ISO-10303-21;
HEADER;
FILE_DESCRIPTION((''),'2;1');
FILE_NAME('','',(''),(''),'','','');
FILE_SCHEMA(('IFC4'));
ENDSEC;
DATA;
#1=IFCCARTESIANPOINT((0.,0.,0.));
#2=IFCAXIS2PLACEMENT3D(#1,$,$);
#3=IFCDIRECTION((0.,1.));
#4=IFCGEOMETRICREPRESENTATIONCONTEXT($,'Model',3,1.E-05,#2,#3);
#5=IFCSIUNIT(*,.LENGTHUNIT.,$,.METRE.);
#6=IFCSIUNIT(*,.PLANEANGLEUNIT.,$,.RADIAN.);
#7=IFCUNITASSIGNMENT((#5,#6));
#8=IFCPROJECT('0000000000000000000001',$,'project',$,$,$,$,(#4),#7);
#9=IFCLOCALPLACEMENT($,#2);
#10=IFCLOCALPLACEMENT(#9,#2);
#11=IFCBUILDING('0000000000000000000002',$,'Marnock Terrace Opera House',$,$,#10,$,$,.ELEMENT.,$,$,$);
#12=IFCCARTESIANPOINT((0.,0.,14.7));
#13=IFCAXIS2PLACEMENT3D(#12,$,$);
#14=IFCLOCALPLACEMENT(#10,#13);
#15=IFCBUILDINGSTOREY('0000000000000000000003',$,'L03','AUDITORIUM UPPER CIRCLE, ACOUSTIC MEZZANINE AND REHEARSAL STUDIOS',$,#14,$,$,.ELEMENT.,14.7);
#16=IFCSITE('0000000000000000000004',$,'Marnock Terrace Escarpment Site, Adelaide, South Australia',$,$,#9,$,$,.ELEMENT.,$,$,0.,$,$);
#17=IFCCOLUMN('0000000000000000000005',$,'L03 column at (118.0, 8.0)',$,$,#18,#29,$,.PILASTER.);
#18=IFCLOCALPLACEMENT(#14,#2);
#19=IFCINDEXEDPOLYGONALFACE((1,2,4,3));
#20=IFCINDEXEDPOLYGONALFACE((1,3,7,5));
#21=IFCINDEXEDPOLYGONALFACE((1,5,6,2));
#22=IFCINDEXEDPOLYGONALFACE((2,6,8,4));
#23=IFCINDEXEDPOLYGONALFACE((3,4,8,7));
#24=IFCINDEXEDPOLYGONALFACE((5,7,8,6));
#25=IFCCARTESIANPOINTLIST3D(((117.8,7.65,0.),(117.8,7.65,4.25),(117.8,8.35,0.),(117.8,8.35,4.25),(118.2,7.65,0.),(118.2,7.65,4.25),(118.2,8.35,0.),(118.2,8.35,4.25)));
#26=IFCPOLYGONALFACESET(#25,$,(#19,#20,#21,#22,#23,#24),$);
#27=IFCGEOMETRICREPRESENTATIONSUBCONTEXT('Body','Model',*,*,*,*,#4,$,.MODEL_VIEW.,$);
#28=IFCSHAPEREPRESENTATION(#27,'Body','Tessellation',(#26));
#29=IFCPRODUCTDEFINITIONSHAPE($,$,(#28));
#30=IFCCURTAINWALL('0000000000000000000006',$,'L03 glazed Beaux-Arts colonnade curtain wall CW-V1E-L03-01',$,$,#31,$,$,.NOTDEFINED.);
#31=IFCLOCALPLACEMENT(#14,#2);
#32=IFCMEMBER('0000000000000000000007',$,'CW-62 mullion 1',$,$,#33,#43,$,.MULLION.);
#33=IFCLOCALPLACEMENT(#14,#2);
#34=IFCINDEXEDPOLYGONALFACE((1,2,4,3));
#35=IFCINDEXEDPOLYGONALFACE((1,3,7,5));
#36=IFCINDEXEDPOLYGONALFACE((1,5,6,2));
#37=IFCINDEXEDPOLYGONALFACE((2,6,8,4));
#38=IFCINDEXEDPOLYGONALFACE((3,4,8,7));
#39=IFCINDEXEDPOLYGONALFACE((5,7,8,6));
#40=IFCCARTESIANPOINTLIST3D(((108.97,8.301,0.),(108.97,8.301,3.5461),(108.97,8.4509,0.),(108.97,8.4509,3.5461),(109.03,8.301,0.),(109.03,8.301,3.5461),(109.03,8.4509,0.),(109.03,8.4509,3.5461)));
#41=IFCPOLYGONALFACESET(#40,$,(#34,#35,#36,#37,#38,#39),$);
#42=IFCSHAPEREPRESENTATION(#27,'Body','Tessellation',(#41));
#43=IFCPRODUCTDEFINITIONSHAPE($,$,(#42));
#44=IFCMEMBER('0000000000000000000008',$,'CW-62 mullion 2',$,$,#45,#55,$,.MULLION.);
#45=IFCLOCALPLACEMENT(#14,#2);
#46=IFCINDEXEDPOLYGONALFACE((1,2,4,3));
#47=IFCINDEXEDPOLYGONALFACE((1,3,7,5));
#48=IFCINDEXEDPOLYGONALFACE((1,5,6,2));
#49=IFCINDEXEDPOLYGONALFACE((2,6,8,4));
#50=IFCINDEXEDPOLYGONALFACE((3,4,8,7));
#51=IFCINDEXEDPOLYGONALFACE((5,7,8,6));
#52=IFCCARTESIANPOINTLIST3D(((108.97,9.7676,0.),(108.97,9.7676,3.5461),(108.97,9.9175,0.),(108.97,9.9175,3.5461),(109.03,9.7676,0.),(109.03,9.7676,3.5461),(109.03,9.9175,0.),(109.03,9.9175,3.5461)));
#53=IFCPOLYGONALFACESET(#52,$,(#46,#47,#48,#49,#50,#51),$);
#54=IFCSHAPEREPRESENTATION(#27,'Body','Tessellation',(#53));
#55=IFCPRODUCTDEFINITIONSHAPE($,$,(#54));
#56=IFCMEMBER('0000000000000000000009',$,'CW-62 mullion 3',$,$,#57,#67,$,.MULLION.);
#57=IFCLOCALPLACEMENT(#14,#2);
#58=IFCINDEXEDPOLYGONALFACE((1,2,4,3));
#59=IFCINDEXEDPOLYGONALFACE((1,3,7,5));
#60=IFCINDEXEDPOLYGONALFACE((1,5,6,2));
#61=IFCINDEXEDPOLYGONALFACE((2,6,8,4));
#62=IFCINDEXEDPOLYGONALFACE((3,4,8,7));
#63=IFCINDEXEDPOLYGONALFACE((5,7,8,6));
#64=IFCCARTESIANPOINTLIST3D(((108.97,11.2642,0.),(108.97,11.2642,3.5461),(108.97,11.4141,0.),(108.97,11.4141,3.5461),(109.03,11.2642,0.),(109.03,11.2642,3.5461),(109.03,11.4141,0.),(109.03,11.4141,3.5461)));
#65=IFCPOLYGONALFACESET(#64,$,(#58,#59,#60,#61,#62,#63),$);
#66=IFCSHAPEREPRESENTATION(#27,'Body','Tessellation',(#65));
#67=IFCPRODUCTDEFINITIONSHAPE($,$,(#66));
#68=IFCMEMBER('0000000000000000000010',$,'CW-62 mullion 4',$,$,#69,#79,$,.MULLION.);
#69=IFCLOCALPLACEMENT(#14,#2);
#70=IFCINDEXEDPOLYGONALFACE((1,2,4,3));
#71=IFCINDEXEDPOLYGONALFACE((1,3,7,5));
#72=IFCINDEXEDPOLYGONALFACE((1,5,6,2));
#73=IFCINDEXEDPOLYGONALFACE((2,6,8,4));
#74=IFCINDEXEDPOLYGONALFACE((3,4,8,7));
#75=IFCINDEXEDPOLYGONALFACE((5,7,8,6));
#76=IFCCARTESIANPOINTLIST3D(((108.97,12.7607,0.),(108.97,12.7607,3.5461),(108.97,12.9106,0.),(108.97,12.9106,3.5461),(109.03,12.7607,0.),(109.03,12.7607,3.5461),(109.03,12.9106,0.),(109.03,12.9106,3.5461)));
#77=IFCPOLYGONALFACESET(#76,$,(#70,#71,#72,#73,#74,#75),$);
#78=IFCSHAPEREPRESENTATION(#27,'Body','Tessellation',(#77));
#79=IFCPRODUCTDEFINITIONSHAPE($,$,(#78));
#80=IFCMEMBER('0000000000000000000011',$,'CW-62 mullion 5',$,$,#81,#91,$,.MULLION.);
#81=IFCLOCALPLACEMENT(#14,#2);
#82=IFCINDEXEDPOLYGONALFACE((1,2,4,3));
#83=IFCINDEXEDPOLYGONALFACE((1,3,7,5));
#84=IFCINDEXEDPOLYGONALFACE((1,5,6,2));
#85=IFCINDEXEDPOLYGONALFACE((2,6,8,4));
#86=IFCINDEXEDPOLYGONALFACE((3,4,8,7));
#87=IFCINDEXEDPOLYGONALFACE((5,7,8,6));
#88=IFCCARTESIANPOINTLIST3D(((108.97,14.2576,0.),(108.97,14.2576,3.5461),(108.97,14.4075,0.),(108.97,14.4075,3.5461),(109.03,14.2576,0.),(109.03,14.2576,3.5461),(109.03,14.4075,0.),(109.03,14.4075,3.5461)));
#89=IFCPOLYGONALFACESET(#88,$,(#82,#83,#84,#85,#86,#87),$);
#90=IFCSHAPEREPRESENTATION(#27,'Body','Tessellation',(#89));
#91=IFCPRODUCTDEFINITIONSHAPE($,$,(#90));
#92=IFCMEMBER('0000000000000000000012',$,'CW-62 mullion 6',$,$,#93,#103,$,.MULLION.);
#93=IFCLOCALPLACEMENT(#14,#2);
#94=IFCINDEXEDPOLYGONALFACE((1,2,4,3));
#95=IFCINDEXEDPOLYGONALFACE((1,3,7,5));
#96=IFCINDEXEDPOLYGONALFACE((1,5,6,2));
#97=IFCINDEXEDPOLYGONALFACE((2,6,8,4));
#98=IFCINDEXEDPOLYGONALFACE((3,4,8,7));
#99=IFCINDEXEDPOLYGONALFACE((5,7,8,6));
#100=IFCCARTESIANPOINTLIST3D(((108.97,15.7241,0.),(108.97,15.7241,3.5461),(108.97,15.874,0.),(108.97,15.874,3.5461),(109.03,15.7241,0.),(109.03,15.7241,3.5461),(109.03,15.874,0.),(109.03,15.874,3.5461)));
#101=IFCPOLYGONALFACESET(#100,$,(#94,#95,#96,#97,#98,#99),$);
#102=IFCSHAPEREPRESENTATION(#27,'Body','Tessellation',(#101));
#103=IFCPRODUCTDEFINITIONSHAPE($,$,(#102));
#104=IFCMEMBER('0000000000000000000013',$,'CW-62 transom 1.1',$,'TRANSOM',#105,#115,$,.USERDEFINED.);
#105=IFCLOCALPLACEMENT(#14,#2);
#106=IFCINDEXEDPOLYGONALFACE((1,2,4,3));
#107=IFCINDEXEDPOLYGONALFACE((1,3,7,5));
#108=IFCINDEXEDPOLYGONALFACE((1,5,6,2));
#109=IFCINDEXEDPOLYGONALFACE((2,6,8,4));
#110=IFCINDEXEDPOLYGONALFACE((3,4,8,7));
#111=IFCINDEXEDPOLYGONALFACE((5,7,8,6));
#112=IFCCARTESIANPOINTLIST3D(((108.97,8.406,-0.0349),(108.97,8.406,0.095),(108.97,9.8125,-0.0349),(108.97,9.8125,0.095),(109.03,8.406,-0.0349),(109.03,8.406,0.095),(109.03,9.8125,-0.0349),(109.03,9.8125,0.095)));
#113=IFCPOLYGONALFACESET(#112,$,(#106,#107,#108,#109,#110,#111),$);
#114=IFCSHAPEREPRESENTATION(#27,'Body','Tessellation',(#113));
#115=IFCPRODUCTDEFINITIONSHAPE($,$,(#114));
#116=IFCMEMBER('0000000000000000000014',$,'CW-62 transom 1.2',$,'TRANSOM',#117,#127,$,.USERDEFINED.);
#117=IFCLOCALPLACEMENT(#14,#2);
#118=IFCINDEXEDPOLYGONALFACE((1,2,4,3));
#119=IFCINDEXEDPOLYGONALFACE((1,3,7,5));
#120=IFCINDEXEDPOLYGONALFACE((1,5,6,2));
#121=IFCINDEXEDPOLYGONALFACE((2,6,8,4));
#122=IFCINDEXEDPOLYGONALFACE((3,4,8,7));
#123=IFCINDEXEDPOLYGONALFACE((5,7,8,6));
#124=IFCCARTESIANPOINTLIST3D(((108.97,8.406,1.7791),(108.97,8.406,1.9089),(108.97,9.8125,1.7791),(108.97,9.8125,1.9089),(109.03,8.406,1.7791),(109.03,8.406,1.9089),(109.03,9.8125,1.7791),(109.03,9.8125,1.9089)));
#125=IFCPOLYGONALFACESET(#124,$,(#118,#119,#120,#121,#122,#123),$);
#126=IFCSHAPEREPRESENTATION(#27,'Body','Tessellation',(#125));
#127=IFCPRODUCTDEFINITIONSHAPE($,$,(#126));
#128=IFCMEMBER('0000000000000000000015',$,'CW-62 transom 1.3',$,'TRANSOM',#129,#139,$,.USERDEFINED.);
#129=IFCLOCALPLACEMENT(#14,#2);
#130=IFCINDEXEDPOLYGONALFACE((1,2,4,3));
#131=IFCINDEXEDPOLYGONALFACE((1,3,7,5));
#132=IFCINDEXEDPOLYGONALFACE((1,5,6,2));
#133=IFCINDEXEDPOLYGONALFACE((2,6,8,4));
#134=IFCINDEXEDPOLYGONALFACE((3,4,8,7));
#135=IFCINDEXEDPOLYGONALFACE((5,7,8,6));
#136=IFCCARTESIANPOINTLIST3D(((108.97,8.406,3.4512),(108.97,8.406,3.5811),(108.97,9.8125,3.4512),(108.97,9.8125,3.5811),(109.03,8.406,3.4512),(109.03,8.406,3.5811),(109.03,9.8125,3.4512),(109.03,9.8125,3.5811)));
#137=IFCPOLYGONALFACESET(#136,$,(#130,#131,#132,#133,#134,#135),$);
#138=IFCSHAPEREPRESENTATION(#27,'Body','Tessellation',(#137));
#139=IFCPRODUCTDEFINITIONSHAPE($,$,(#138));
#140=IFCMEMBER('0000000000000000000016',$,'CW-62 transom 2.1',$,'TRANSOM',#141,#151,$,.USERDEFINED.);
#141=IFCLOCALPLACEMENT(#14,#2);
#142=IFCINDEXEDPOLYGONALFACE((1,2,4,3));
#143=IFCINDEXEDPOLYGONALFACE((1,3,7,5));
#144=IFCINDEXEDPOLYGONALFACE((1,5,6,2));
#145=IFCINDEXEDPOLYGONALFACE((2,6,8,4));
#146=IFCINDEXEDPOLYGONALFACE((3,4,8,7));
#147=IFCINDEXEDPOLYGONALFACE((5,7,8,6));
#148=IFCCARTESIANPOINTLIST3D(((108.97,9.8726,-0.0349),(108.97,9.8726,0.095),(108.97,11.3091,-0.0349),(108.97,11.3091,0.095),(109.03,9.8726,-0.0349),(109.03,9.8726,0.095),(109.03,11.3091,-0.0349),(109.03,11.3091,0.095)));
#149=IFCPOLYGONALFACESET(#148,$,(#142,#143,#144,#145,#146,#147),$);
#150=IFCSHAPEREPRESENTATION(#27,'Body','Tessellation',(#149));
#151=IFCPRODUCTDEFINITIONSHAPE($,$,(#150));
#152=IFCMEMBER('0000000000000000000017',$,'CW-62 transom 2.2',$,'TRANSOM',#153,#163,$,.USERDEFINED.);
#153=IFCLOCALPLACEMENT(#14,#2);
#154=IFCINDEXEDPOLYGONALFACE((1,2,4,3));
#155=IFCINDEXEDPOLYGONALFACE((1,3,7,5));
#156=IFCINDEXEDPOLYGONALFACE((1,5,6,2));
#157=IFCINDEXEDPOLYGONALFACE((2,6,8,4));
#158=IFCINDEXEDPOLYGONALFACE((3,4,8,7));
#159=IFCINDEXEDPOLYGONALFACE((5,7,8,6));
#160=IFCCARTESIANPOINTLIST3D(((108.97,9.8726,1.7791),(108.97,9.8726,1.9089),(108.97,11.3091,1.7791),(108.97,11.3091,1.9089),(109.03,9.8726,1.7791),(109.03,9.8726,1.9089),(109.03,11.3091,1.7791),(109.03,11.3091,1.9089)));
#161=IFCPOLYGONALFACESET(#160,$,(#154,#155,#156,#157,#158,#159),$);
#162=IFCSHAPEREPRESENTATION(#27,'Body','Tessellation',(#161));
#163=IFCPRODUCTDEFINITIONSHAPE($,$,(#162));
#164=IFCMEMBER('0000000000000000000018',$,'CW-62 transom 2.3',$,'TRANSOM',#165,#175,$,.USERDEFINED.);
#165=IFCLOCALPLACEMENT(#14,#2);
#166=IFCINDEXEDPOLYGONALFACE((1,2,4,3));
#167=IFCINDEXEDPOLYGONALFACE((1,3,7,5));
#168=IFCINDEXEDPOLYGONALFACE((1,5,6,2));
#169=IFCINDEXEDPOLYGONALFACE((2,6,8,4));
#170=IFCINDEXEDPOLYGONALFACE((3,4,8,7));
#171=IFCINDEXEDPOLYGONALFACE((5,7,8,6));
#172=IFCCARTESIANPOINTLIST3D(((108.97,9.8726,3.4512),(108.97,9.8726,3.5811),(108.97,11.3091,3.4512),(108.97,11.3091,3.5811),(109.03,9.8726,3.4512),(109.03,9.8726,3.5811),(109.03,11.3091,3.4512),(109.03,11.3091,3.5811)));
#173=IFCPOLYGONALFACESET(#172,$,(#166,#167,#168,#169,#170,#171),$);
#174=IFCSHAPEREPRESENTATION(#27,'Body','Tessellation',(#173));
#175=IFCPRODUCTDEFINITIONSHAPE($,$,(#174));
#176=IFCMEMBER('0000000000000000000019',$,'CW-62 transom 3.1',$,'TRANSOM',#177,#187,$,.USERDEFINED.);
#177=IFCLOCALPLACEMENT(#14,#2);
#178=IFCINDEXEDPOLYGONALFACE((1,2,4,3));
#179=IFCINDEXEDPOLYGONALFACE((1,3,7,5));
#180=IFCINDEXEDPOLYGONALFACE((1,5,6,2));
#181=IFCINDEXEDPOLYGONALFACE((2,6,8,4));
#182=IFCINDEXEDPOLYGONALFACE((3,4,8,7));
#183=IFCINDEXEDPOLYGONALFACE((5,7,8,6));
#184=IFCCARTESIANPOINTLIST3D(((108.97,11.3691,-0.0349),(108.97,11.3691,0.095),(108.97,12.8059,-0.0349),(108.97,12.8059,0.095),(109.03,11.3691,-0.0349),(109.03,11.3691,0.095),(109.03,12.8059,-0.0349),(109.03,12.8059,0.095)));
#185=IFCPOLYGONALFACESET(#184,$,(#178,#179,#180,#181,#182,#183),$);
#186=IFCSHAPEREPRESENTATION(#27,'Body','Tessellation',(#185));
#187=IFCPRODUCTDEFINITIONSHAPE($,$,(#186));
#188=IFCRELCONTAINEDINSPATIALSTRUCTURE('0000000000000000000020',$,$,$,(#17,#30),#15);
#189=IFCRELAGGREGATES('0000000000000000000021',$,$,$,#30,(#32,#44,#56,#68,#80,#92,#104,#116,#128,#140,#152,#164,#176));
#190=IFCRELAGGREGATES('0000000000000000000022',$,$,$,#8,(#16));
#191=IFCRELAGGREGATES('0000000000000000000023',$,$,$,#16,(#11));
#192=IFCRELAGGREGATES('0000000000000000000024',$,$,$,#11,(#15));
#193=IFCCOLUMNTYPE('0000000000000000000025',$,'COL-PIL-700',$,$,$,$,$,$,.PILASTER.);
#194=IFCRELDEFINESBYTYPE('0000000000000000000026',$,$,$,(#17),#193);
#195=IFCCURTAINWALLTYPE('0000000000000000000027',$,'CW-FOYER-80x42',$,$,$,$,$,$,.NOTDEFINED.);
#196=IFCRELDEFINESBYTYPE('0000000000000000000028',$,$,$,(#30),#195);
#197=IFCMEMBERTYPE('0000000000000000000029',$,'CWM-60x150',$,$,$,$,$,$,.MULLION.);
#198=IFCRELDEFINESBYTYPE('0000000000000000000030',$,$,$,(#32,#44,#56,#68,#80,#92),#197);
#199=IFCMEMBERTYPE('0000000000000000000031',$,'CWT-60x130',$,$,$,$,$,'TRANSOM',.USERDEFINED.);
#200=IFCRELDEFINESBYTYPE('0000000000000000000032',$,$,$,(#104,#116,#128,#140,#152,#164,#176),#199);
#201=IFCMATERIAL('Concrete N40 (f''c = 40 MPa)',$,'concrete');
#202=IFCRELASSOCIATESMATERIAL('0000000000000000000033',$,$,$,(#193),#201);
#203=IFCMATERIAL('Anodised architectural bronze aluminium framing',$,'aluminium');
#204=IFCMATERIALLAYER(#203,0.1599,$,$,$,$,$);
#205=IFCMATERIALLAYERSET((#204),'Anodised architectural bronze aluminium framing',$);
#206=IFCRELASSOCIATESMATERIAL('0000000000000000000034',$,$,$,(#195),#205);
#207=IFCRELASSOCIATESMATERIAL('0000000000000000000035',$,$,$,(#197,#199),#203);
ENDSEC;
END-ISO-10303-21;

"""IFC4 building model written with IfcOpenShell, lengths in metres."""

from ifc_helpers import new_model, si_unit, direction, frame, origin, origin_2d, place, context, subcontext, project, spatial, rectangle, extrude, material, layer, layer_set, material_profile, profile_set, type_object, element, aggregate, save


model = new_model("IFC4")

# Units and contexts
model_context = context("Model", 3, precision=1e-05, world=origin(), true_north=direction((0.0, 1.0)))
body_context = subcontext(model_context, "Body", "Model", "MODEL_VIEW")
ifc_project = project(units=[si_unit("LENGTHUNIT", "METRE"), si_unit("PLANEANGLEUNIT", "RADIAN")], contexts=[model_context])

# Site, building, storey
site_placement = place(None, origin())
site = spatial("IfcSite", under=ifc_project, at=site_placement, Name="Marnock Terrace Escarpment Site, Adelaide, South Australia", CompositionType="ELEMENT", RefElevation=0.0)
building_placement = place(site_placement, origin())
building = spatial("IfcBuilding", under=site, at=building_placement, Name="Marnock Terrace Opera House", CompositionType="ELEMENT")
storey_placement = place(building_placement, frame((0.0, 0.0, 14.7)))
storey = spatial("IfcBuildingStorey", under=building, at=storey_placement, Name="L03", Description="AUDITORIUM UPPER CIRCLE, ACOUSTIC MEZZANINE AND REHEARSAL STUDIOS", CompositionType="ELEMENT", Elevation=14.7)

# Column
ifc_material_1 = material(Name="Concrete N40 (f'c = 40 MPa)", Category="concrete")
ifc_material_profile_1 = material_profile(ifc_material_1, rectangle(XDim=0.3999, YDim=0.7, at=origin_2d()))
ifc_profile_set_1 = profile_set([ifc_material_profile_1], Name="Concrete N40 (f'c = 40 MPa)")
column_type = type_object("IfcColumnType", Name="COL-PIL-700", PredefinedType="PILASTER", material=ifc_profile_set_1)
column_placement = place(storey_placement, frame((118.0, 8.0, 0.0), z_axis=(0.0, 0.0, 1.0), x_axis=(1.0, 0.0, 0.0)))
element("IfcColumn", 1, at=column_placement, inside=storey, type_object=column_type, Name="L03 column at (118.0, 8.0)", PredefinedType="PILASTER", context=body_context, shape_type="SweptSolid", body=[
    extrude(rectangle(XDim=0.3999, YDim=0.7, at=origin_2d()), origin(), (0.0, 0.0, 1.0), 4.25),
])

# Curtain wall, members
ifc_material_2 = material(Name="Anodised architectural bronze aluminium framing", Category="aluminium")
ifc_layer_1 = layer(ifc_material_2, 0.1599)
ifc_layer_set_1 = layer_set([ifc_layer_1], Name="Anodised architectural bronze aluminium framing")
curtain_wall_type = type_object("IfcCurtainWallType", Name="CW-FOYER-80x42", PredefinedType="NOTDEFINED", material=ifc_layer_set_1)
curtain_wall_placement = place(storey_placement, origin())
curtain_wall = element("IfcCurtainWall", 2, at=curtain_wall_placement, inside=storey, type_object=curtain_wall_type, Name="L03 glazed Beaux-Arts colonnade curtain wall CW-V1E-L03-01", PredefinedType="NOTDEFINED")
ifc_material_profile_2 = material_profile(ifc_material_2, rectangle(XDim=0.0601, YDim=0.1499, at=origin_2d()))
ifc_profile_set_2 = profile_set([ifc_material_profile_2], Name="Anodised architectural bronze aluminium framing")
member_type_1 = type_object("IfcMemberType", Name="CWM-60x150", PredefinedType="MULLION", material=ifc_profile_set_2)
member_1_placement = place(storey_placement, frame((109.0, 8.376, 0.0), z_axis=(0.0, 0.0, 1.0), x_axis=(-1.0, 0.0, 0.0)))
member_1 = element("IfcMember", 3, at=member_1_placement, type_object=member_type_1, Name="CW-62 mullion 1", PredefinedType="MULLION", context=body_context, shape_type="SweptSolid", body=[
    extrude(rectangle(XDim=0.0601, YDim=0.1499, at=origin_2d()), origin(), (0.0, 0.0, 1.0), 3.5461),
])
member_2_placement = place(storey_placement, frame((109.0, 9.8425, 0.0), z_axis=(0.0, 0.0, 1.0), x_axis=(-1.0, 0.0, 0.0)))
member_2 = element("IfcMember", 4, at=member_2_placement, type_object=member_type_1, Name="CW-62 mullion 2", PredefinedType="MULLION", context=body_context, shape_type="SweptSolid", body=[
    extrude(rectangle(XDim=0.0601, YDim=0.1499, at=origin_2d()), origin(), (0.0, 0.0, 1.0), 3.5461),
])
member_3_placement = place(storey_placement, frame((109.0, 11.3391, 0.0), z_axis=(0.0, 0.0, 1.0), x_axis=(-1.0, 0.0, 0.0)))
member_3 = element("IfcMember", 5, at=member_3_placement, type_object=member_type_1, Name="CW-62 mullion 3", PredefinedType="MULLION", context=body_context, shape_type="SweptSolid", body=[
    extrude(rectangle(XDim=0.0601, YDim=0.1499, at=origin_2d()), origin(), (0.0, 0.0, 1.0), 3.5461),
])
member_4_placement = place(storey_placement, frame((109.0, 12.8357, 0.0), z_axis=(0.0, 0.0, 1.0), x_axis=(-1.0, 0.0, 0.0)))
member_4 = element("IfcMember", 6, at=member_4_placement, type_object=member_type_1, Name="CW-62 mullion 4", PredefinedType="MULLION", context=body_context, shape_type="SweptSolid", body=[
    extrude(rectangle(XDim=0.0601, YDim=0.1499, at=origin_2d()), origin(), (0.0, 0.0, 1.0), 3.5461),
])
member_5_placement = place(storey_placement, frame((109.0, 14.3325, 0.0), z_axis=(0.0, 0.0, 1.0), x_axis=(-1.0, 0.0, 0.0)))
member_5 = element("IfcMember", 7, at=member_5_placement, type_object=member_type_1, Name="CW-62 mullion 5", PredefinedType="MULLION", context=body_context, shape_type="SweptSolid", body=[
    extrude(rectangle(XDim=0.0601, YDim=0.1499, at=origin_2d()), origin(), (0.0, 0.0, 1.0), 3.5461),
])
member_6_placement = place(storey_placement, frame((109.0, 15.7991, 0.0), z_axis=(0.0, 0.0, 1.0), x_axis=(-1.0, 0.0, 0.0)))
member_6 = element("IfcMember", 8, at=member_6_placement, type_object=member_type_1, Name="CW-62 mullion 6", PredefinedType="MULLION", context=body_context, shape_type="SweptSolid", body=[
    extrude(rectangle(XDim=0.0601, YDim=0.1499, at=origin_2d()), origin(), (0.0, 0.0, 1.0), 3.5461),
])
ifc_material_profile_3 = material_profile(ifc_material_2, rectangle(XDim=0.0601, YDim=0.1299, at=origin_2d()))
ifc_profile_set_3 = profile_set([ifc_material_profile_3], Name="Anodised architectural bronze aluminium framing")
member_type_2 = type_object("IfcMemberType", Name="CWT-60x130", ElementType="TRANSOM", PredefinedType="USERDEFINED", material=ifc_profile_set_3)
member_7_placement = place(storey_placement, frame((109.0, 8.406, 0.03), z_axis=(0.0, 1.0, 0.0), x_axis=(-1.0, 0.0, 0.0)))
member_7 = element("IfcMember", 9, at=member_7_placement, type_object=member_type_2, Name="CW-62 transom 1.1", ObjectType="TRANSOM", PredefinedType="USERDEFINED", context=body_context, shape_type="SweptSolid", body=[
    extrude(rectangle(XDim=0.0601, YDim=0.1299, at=origin_2d()), origin(), (0.0, 0.0, 1.0), 1.4065),
])
member_8_placement = place(storey_placement, frame((109.0, 8.406, 1.844), z_axis=(0.0, 1.0, 0.0), x_axis=(-1.0, 0.0, 0.0)))
member_8 = element("IfcMember", 10, at=member_8_placement, type_object=member_type_2, Name="CW-62 transom 1.2", ObjectType="TRANSOM", PredefinedType="USERDEFINED", context=body_context, shape_type="SweptSolid", body=[
    extrude(rectangle(XDim=0.0601, YDim=0.1299, at=origin_2d()), origin(), (0.0, 0.0, 1.0), 1.4065),
])
member_9_placement = place(storey_placement, frame((109.0, 8.406, 3.5161), z_axis=(0.0, 1.0, 0.0), x_axis=(-1.0, 0.0, 0.0)))
member_9 = element("IfcMember", 11, at=member_9_placement, type_object=member_type_2, Name="CW-62 transom 1.3", ObjectType="TRANSOM", PredefinedType="USERDEFINED", context=body_context, shape_type="SweptSolid", body=[
    extrude(rectangle(XDim=0.0601, YDim=0.1299, at=origin_2d()), origin(), (0.0, 0.0, 1.0), 1.4065),
])
member_10_placement = place(storey_placement, frame((109.0, 9.8726, 0.03), z_axis=(0.0, 1.0, 0.0), x_axis=(-1.0, 0.0, 0.0)))
member_10 = element("IfcMember", 12, at=member_10_placement, type_object=member_type_2, Name="CW-62 transom 2.1", ObjectType="TRANSOM", PredefinedType="USERDEFINED", context=body_context, shape_type="SweptSolid", body=[
    extrude(rectangle(XDim=0.0601, YDim=0.1299, at=origin_2d()), origin(), (0.0, 0.0, 1.0), 1.4365),
])
member_11_placement = place(storey_placement, frame((109.0, 9.8726, 1.844), z_axis=(0.0, 1.0, 0.0), x_axis=(-1.0, 0.0, 0.0)))
member_11 = element("IfcMember", 13, at=member_11_placement, type_object=member_type_2, Name="CW-62 transom 2.2", ObjectType="TRANSOM", PredefinedType="USERDEFINED", context=body_context, shape_type="SweptSolid", body=[
    extrude(rectangle(XDim=0.0601, YDim=0.1299, at=origin_2d()), origin(), (0.0, 0.0, 1.0), 1.4365),
])
member_12_placement = place(storey_placement, frame((109.0, 9.8726, 3.5161), z_axis=(0.0, 1.0, 0.0), x_axis=(-1.0, 0.0, 0.0)))
member_12 = element("IfcMember", 14, at=member_12_placement, type_object=member_type_2, Name="CW-62 transom 2.3", ObjectType="TRANSOM", PredefinedType="USERDEFINED", context=body_context, shape_type="SweptSolid", body=[
    extrude(rectangle(XDim=0.0601, YDim=0.1299, at=origin_2d()), origin(), (0.0, 0.0, 1.0), 1.4365),
])
member_13_placement = place(storey_placement, frame((109.0, 11.3691, 0.03), z_axis=(0.0, 1.0, 0.0), x_axis=(-1.0, 0.0, 0.0)))
member_13 = element("IfcMember", 15, at=member_13_placement, type_object=member_type_2, Name="CW-62 transom 3.1", ObjectType="TRANSOM", PredefinedType="USERDEFINED", context=body_context, shape_type="SweptSolid", body=[
    extrude(rectangle(XDim=0.0601, YDim=0.1299, at=origin_2d()), origin(), (0.0, 0.0, 1.0), 1.4368),
])
aggregate(curtain_wall, [member_1, member_2, member_3, member_4, member_5, member_6, member_7, member_8, member_9, member_10, member_11, member_12, member_13])

save(model, "model.ifc")
